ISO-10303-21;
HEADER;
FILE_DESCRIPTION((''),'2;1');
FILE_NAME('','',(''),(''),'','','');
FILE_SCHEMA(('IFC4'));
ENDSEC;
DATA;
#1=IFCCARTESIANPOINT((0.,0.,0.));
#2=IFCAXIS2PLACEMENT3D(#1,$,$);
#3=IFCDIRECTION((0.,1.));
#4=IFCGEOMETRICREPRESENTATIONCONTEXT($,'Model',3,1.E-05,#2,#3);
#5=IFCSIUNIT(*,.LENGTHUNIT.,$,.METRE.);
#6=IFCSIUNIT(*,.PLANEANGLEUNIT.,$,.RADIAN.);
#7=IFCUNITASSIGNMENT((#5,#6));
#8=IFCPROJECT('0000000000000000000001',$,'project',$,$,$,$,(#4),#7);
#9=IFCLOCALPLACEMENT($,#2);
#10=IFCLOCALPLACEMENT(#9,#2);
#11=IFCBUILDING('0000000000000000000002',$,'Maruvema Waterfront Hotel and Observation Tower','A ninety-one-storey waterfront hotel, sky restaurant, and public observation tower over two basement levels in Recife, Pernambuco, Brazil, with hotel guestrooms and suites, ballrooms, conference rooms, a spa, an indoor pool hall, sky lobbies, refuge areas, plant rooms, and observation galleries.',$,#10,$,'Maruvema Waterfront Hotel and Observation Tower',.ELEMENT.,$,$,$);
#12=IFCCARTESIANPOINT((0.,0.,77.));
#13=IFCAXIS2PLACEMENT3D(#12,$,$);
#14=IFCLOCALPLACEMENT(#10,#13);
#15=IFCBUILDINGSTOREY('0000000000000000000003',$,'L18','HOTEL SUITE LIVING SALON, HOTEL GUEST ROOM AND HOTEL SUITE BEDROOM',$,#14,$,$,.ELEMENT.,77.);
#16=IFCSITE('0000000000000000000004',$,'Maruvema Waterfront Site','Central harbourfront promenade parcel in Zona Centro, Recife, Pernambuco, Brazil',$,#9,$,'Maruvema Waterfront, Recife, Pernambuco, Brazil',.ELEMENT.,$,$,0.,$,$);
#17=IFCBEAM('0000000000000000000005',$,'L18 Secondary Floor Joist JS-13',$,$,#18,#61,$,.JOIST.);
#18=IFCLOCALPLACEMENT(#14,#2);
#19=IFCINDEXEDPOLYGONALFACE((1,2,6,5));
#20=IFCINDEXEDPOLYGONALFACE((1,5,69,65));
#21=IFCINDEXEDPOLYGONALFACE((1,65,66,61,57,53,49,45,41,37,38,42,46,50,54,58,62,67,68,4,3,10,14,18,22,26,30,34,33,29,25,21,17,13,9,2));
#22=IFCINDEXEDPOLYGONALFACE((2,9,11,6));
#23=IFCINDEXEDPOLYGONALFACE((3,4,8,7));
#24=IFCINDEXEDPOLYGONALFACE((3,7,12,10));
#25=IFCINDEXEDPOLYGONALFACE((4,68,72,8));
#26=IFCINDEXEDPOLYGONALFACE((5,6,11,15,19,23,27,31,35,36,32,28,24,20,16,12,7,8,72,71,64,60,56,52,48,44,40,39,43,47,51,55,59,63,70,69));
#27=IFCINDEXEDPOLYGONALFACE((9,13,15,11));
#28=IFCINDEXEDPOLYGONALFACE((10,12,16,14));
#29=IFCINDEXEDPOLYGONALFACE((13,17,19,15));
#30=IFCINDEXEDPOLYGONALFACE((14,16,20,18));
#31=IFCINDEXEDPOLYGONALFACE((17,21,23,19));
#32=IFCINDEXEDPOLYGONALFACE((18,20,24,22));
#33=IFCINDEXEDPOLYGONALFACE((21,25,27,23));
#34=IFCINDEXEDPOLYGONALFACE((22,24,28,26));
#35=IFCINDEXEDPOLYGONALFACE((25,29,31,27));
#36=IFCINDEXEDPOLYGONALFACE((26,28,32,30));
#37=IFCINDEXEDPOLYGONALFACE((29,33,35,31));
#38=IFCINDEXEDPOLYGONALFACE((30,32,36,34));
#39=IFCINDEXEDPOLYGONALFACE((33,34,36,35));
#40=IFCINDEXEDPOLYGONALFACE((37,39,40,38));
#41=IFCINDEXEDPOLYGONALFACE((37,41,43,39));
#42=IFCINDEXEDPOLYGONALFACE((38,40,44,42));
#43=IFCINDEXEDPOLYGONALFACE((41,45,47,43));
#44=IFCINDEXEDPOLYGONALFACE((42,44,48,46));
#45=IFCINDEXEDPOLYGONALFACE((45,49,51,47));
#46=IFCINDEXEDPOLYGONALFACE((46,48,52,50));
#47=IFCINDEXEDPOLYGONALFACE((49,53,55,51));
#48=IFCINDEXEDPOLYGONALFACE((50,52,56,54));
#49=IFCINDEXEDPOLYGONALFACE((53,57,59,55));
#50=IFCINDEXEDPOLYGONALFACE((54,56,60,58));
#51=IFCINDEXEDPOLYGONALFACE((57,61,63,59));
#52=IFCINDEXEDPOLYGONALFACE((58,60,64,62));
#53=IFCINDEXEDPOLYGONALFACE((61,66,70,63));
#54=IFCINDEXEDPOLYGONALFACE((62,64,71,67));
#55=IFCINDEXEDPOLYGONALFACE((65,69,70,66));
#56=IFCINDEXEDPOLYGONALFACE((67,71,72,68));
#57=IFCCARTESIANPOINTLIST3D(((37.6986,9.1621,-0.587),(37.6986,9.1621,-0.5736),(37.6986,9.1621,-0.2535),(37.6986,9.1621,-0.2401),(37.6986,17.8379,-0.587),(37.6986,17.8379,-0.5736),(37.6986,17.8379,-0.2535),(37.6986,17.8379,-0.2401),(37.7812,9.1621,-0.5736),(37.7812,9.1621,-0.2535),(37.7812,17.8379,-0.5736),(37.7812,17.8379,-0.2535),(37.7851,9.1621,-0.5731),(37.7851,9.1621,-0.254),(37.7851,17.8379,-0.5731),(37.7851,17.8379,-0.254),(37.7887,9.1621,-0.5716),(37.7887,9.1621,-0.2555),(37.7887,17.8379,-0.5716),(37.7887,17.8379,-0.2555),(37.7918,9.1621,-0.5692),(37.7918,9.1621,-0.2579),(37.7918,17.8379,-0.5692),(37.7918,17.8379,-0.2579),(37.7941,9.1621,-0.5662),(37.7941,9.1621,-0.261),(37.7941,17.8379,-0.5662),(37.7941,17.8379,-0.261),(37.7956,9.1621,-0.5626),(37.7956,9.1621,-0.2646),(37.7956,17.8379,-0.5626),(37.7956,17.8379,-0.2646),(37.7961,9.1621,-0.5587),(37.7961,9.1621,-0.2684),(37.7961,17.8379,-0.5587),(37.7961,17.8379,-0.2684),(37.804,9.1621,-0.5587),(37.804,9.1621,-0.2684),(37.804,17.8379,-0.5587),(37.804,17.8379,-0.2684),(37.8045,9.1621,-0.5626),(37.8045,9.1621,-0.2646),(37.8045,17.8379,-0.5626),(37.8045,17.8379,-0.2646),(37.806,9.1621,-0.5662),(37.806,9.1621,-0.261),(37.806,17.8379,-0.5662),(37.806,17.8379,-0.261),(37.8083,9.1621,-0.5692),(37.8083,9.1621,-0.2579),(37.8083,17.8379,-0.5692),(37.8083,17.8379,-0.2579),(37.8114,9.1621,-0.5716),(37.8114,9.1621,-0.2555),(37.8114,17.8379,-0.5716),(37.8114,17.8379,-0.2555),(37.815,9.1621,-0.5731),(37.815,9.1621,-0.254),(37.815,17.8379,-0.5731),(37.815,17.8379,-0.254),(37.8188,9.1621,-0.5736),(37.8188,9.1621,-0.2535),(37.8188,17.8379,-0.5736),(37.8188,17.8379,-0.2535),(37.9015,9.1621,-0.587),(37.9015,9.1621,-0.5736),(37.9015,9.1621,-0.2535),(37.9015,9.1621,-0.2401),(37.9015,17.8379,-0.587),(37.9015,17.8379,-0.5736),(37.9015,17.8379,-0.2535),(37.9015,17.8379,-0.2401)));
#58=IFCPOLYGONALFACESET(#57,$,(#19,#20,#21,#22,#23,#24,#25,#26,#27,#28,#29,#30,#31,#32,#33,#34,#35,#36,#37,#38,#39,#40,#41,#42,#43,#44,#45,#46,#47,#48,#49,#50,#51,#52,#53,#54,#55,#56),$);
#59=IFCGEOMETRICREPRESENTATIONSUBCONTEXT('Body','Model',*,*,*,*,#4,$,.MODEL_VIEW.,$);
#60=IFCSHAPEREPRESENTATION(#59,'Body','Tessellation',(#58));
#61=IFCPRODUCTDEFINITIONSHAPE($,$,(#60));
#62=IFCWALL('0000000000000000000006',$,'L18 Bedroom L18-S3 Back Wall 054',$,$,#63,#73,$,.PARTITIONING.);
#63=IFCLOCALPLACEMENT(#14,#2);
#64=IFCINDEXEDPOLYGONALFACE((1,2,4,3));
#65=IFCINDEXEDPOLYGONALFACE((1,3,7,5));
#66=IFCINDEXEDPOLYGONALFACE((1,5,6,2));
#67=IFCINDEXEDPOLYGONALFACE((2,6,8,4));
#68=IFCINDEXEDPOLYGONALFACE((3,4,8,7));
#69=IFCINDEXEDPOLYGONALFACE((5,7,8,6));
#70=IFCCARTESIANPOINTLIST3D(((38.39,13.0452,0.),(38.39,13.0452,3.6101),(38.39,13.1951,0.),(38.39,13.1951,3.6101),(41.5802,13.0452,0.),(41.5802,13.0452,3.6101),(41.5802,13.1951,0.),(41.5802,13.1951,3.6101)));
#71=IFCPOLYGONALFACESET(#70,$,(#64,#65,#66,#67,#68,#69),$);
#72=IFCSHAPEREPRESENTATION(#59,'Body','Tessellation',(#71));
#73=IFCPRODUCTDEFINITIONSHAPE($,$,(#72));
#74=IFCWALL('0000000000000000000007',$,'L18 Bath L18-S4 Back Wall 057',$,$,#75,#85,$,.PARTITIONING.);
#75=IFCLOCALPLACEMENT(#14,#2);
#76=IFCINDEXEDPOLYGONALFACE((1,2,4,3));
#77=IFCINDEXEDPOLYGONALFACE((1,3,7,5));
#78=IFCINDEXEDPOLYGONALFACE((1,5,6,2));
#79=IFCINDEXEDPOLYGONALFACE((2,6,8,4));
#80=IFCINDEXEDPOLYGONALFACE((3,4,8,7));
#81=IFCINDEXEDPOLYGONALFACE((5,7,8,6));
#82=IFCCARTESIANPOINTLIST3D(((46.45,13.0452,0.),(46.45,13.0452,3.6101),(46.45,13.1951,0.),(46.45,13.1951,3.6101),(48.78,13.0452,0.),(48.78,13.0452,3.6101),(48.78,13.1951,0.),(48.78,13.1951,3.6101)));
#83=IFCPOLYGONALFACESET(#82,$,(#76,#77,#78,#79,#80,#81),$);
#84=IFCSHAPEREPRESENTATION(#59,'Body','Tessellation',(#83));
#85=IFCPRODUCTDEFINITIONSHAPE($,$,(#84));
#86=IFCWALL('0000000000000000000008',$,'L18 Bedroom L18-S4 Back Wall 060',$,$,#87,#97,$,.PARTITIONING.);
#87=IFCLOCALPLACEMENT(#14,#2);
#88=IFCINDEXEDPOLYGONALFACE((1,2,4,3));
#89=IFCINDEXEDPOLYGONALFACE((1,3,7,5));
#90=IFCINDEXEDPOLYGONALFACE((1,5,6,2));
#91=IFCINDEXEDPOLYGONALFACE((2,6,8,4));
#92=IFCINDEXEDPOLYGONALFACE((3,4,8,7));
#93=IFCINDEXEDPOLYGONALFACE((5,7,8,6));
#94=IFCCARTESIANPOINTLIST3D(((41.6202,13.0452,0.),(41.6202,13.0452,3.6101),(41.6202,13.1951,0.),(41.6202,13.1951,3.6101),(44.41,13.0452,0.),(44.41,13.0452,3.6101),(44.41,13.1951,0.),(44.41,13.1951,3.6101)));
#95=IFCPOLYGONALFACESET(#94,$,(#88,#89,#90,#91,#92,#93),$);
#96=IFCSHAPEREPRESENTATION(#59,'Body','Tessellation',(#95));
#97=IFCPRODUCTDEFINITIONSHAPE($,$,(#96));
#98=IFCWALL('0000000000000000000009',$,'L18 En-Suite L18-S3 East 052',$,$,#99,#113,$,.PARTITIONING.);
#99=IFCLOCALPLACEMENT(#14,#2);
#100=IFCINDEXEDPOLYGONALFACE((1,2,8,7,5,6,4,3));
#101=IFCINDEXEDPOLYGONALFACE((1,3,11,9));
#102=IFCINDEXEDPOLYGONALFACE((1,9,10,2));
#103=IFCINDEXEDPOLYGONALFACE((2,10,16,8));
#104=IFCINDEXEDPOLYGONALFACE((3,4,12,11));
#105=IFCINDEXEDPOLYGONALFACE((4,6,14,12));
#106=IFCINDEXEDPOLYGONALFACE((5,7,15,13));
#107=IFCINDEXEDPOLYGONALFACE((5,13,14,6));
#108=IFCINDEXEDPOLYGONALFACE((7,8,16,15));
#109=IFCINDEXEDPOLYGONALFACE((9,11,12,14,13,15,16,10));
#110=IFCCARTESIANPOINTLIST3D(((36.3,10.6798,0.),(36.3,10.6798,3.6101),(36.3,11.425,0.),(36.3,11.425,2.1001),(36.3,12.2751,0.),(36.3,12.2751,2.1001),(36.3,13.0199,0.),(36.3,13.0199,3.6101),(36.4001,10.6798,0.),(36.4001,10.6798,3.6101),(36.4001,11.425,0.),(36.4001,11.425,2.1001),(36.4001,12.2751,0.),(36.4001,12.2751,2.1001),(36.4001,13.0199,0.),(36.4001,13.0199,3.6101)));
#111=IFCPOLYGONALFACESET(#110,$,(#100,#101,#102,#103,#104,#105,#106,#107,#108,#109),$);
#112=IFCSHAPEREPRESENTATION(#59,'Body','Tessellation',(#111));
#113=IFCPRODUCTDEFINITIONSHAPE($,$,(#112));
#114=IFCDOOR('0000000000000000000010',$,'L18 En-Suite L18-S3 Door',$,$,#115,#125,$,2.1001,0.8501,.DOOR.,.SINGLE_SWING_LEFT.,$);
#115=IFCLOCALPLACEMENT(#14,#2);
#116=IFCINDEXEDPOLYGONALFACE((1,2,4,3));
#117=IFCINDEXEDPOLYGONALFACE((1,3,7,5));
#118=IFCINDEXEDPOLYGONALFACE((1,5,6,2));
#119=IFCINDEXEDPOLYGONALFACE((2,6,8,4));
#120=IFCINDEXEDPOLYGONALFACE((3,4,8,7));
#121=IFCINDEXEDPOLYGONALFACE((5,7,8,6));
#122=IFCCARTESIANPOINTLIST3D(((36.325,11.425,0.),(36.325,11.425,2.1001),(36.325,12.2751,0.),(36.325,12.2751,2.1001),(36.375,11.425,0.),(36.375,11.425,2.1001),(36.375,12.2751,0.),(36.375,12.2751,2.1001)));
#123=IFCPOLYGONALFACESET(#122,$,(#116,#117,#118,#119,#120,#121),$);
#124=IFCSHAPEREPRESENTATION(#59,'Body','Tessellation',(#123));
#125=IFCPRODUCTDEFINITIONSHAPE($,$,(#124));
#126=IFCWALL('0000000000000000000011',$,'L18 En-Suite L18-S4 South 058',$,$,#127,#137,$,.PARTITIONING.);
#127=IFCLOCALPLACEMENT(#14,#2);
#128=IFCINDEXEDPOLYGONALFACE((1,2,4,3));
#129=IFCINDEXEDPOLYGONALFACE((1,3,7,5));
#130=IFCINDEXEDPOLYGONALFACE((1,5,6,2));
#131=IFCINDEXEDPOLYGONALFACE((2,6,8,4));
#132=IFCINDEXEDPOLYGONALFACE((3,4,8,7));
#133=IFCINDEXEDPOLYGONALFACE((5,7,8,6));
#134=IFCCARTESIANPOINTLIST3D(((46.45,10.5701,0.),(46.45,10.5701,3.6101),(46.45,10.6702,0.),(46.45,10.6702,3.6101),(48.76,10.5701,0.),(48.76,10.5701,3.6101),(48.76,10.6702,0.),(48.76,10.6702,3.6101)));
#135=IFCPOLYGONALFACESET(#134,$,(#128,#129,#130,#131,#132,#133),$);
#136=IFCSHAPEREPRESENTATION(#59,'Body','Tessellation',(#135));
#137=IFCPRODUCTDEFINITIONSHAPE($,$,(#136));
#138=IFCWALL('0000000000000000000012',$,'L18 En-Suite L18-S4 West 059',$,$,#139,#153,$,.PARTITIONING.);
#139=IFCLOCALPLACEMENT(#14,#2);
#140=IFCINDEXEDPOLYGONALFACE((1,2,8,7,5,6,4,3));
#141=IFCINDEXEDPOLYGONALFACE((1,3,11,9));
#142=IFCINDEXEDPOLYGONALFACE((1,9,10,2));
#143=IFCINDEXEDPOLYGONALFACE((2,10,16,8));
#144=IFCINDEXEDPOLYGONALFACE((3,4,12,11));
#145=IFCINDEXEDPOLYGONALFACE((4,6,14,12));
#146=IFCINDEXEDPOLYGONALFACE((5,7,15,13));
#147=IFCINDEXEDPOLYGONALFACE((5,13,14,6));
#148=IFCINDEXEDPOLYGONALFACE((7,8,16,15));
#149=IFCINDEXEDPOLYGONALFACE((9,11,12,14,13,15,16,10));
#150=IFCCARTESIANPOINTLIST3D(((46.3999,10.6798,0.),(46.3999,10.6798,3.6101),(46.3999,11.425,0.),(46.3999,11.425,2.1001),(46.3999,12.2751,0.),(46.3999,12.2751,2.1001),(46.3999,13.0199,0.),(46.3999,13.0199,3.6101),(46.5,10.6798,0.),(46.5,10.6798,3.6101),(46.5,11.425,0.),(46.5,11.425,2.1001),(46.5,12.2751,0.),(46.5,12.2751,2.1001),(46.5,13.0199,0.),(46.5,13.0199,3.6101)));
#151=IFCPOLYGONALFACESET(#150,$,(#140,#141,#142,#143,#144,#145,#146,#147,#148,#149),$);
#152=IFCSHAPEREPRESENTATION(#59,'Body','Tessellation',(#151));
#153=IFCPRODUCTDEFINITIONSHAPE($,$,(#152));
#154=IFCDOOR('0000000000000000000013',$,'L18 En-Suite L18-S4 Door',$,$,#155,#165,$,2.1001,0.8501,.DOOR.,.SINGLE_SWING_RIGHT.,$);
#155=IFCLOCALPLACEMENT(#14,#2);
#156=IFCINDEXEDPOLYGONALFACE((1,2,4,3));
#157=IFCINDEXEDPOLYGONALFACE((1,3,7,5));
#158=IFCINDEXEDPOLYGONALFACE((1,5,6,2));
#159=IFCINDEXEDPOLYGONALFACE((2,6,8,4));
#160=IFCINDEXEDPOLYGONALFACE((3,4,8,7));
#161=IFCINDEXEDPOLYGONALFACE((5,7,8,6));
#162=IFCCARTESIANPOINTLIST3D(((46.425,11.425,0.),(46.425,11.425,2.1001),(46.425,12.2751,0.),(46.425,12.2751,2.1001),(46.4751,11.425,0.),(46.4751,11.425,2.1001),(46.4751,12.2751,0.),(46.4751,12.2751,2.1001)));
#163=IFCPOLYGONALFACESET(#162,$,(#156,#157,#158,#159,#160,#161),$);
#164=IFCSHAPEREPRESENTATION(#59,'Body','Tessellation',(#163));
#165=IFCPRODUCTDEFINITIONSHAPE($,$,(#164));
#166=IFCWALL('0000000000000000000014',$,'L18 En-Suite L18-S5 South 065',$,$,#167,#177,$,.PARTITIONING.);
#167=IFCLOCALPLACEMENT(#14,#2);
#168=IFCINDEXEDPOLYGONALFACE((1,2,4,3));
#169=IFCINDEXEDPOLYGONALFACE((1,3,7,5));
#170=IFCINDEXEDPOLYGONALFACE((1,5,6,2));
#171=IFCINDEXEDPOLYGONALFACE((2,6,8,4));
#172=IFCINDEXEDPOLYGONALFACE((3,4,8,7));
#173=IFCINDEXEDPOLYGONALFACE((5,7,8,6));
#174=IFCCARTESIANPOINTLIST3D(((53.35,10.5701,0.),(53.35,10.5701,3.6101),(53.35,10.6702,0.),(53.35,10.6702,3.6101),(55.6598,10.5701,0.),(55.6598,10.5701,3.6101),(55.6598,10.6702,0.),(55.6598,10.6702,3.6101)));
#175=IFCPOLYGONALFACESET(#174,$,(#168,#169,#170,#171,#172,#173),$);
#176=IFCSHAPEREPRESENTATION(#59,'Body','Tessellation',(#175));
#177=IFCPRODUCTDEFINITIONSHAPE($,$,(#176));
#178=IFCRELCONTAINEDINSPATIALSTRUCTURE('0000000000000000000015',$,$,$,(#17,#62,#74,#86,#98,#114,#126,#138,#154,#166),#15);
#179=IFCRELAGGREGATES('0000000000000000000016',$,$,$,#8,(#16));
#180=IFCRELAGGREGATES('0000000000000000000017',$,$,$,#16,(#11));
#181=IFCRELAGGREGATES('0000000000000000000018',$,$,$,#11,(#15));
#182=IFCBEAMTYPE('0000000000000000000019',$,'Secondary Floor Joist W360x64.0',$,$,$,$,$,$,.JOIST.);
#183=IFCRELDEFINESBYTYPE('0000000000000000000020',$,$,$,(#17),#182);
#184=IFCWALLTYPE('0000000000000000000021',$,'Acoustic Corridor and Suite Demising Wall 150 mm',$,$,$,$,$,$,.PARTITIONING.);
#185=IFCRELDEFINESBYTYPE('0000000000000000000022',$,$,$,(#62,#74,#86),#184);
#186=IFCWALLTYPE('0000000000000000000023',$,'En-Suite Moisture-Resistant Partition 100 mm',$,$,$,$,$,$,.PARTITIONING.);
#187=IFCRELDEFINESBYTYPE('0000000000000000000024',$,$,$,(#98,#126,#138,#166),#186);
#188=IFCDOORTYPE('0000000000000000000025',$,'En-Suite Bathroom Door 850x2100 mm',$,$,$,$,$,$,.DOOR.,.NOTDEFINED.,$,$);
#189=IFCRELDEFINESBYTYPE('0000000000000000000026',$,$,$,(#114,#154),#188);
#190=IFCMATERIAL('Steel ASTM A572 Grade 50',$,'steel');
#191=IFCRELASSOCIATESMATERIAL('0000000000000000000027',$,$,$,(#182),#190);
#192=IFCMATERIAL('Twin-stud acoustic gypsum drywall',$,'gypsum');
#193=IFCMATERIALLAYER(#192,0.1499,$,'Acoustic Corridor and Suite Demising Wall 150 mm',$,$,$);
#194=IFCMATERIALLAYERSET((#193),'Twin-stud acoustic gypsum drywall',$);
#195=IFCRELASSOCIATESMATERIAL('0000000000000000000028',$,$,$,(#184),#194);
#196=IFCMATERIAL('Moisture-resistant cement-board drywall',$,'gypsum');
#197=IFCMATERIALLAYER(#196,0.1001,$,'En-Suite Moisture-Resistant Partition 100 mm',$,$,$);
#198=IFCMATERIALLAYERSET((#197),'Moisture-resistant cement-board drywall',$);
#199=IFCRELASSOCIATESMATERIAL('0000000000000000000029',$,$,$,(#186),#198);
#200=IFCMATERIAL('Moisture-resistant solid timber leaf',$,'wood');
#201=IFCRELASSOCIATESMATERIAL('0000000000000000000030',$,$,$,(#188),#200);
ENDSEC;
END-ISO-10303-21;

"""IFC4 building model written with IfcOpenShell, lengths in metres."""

from ifc_helpers import new_model, si_unit, direction, frame, frame_2d, origin, origin_2d, place, context, subcontext, project, spatial, rectangle, i_section, extrude, material, layer, layer_set, material_profile, profile_set, type_object, element, fill, save


model = new_model("IFC4")

# Units and contexts
model_context = context("Model", 3, precision=1e-05, world=origin(), true_north=direction((0.0, 1.0)))
body_context = subcontext(model_context, "Body", "Model", "MODEL_VIEW")
ifc_project = project(units=[si_unit("LENGTHUNIT", "METRE"), si_unit("PLANEANGLEUNIT", "RADIAN")], contexts=[model_context])

# Site, building, storey
site_placement = place(None, origin())
site = spatial("IfcSite", under=ifc_project, at=site_placement, Name="Maruvema Waterfront Site", Description="Central harbourfront promenade parcel in Zona Centro, Recife, Pernambuco, Brazil", LongName="Maruvema Waterfront, Recife, Pernambuco, Brazil", CompositionType="ELEMENT", RefElevation=0.0)
building_placement = place(site_placement, origin())
building = spatial("IfcBuilding", under=site, at=building_placement, Name="Maruvema Waterfront Hotel and Observation Tower", Description="A ninety-one-storey waterfront hotel, sky restaurant, and public observation tower over two basement levels in Recife, Pernambuco, Brazil, with hotel guestrooms and suites, ballrooms, conference rooms, a spa, an indoor pool hall, sky lobbies, refuge areas, plant rooms, and observation galleries.", LongName="Maruvema Waterfront Hotel and Observation Tower", CompositionType="ELEMENT")
storey_placement = place(building_placement, frame((0.0, 0.0, 77.0)))
storey = spatial("IfcBuildingStorey", under=building, at=storey_placement, Name="L18", Description="HOTEL SUITE LIVING SALON, HOTEL GUEST ROOM AND HOTEL SUITE BEDROOM", CompositionType="ELEMENT", Elevation=77.0)

# Beam
ifc_material_1 = material(Name="Steel ASTM A572 Grade 50", Category="steel")
ifc_material_profile_1 = material_profile(ifc_material_1, i_section(OverallWidth=0.2029, OverallDepth=0.3469, WebThickness=0.0078, FlangeThickness=0.0134, FilletRadius=0.0149, at=origin_2d()), Name="W360x64.0")
ifc_profile_set_1 = profile_set([ifc_material_profile_1], Name="Steel ASTM A572 Grade 50")
beam_type_1 = type_object("IfcBeamType", Name="Secondary Floor Joist W360x64.0", PredefinedType="JOIST", material=ifc_profile_set_1)
beam_1_placement = place(storey_placement, frame((37.8, 9.1621, -0.4136), z_axis=(0.0, 1.0, 0.0), x_axis=(-1.0, 0.0, 0.0)))
element("IfcBeam", 1, at=beam_1_placement, inside=storey, type_object=beam_type_1, Name="L18 Secondary Floor Joist JS-13", PredefinedType="JOIST", context=body_context, shape_type="SweptSolid", body=[
    extrude(i_section(OverallWidth=0.2029, OverallDepth=0.3469, WebThickness=0.0078, FlangeThickness=0.0134, FilletRadius=0.0149, at=origin_2d()), origin(), (0.0, 0.0, 1.0), 8.6758),
])

# Shared definitions
ifc_material_2 = material(Name="Twin-stud acoustic gypsum drywall", Category="gypsum")
ifc_layer_1 = layer(ifc_material_2, 0.1499, Name="Acoustic Corridor and Suite Demising Wall 150 mm")
ifc_layer_set_1 = layer_set([ifc_layer_1], Name="Twin-stud acoustic gypsum drywall")
wall_type_1 = type_object("IfcWallType", Name="Acoustic Corridor and Suite Demising Wall 150 mm", PredefinedType="PARTITIONING", material=ifc_layer_set_1)

# Walls
wall_1_placement = place(storey_placement, frame((38.3899, 13.1201, 0.0), z_axis=(0.0, 0.0, 1.0), x_axis=(1.0, 0.0, 0.0)))
element("IfcWall", 2, at=wall_1_placement, inside=storey, type_object=wall_type_1, Name="L18 Bedroom L18-S3 Back Wall 054", PredefinedType="PARTITIONING", context=body_context, shape_type="SweptSolid", body=[
    extrude(rectangle(XDim=3.1902, YDim=0.1499, at=frame_2d((1.5952, 0.0))), origin(), (0.0, 0.0, 1.0), 3.6101),
])
wall_2_placement = place(storey_placement, frame((46.45, 13.1201, 0.0), z_axis=(0.0, 0.0, 1.0), x_axis=(1.0, 0.0, 0.0)))
element("IfcWall", 3, at=wall_2_placement, inside=storey, type_object=wall_type_1, Name="L18 Bath L18-S4 Back Wall 057", PredefinedType="PARTITIONING", context=body_context, shape_type="SweptSolid", body=[
    extrude(rectangle(XDim=2.3301, YDim=0.1499, at=frame_2d((1.165, 0.0))), origin(), (0.0, 0.0, 1.0), 3.6101),
])
wall_3_placement = place(storey_placement, frame((41.6201, 13.1201, 0.0), z_axis=(0.0, 0.0, 1.0), x_axis=(1.0, 0.0, 0.0)))
element("IfcWall", 4, at=wall_3_placement, inside=storey, type_object=wall_type_1, Name="L18 Bedroom L18-S4 Back Wall 060", PredefinedType="PARTITIONING", context=body_context, shape_type="SweptSolid", body=[
    extrude(rectangle(XDim=2.7898, YDim=0.1499, at=frame_2d((1.395, 0.0))), origin(), (0.0, 0.0, 1.0), 3.6101),
])

# Wall, opening, door
ifc_material_3 = material(Name="Moisture-resistant cement-board drywall", Category="gypsum")
ifc_layer_2 = layer(ifc_material_3, 0.1001, Name="En-Suite Moisture-Resistant Partition 100 mm")
ifc_layer_set_2 = layer_set([ifc_layer_2], Name="Moisture-resistant cement-board drywall")
wall_type_2 = type_object("IfcWallType", Name="En-Suite Moisture-Resistant Partition 100 mm", PredefinedType="PARTITIONING", material=ifc_layer_set_2)
wall_4_placement = place(storey_placement, frame((36.3501, 10.6799, 0.0), z_axis=(0.0, 0.0, 1.0), x_axis=(0.0, 1.0, 0.0)))
wall_4 = element("IfcWall", 5, at=wall_4_placement, inside=storey, type_object=wall_type_2, Name="L18 En-Suite L18-S3 East 052", PredefinedType="PARTITIONING", context=body_context, shape_type="SweptSolid", body=[
    extrude(rectangle(XDim=2.3401, YDim=0.1001, at=frame_2d((1.1699, 0.0))), origin(), (0.0, 0.0, 1.0), 3.6101),
])
opening_1_placement = place(wall_4_placement, frame((0.7451, 0.0, 0.0)))
opening_1 = element("IfcOpeningElement", 6, at=opening_1_placement, cuts=wall_4, PredefinedType="OPENING", context=body_context, shape_type="SweptSolid", body=[
    extrude(rectangle(XDim=0.8501, YDim=2.1001, at=frame_2d((0.425, 1.05))), frame((0.0, 0.0601, 0.0), z_axis=(0.0, -1.0, 0.0), x_axis=(1.0, 0.0, 0.0)), (0.0, 0.0, 1.0), 0.1201),
])
ifc_material_4 = material(Name="Moisture-resistant solid timber leaf", Category="wood")
door_type_1 = type_object("IfcDoorType", Name="En-Suite Bathroom Door 850x2100 mm", OperationType="NOTDEFINED", PredefinedType="DOOR", material=ifc_material_4)
door_1_placement = place(opening_1_placement, frame((0.8501, 0.0, 0.0), z_axis=(0.0, 0.0, 1.0), x_axis=(-1.0, 0.0, 0.0)))
door_1 = element("IfcDoor", 7, at=door_1_placement, inside=storey, type_object=door_type_1, Name="L18 En-Suite L18-S3 Door", OperationType="SINGLE_SWING_LEFT", OverallHeight=2.1001, OverallWidth=0.8501, PredefinedType="DOOR", context=body_context, shape_type="SweptSolid", body=[
    extrude(rectangle(XDim=0.8501, YDim=2.1001, at=frame_2d((0.425, 1.05))), frame((0.0, 0.0249, 0.0), z_axis=(0.0, -1.0, 0.0), x_axis=(1.0, 0.0, 0.0)), (0.0, 0.0, 1.0), 0.05),
])
fill(opening_1, door_1)

# Wall
wall_5_placement = place(storey_placement, frame((46.45, 10.6201, 0.0), z_axis=(0.0, 0.0, 1.0), x_axis=(1.0, 0.0, 0.0)))
element("IfcWall", 8, at=wall_5_placement, inside=storey, type_object=wall_type_2, Name="L18 En-Suite L18-S4 South 058", PredefinedType="PARTITIONING", context=body_context, shape_type="SweptSolid", body=[
    extrude(rectangle(XDim=2.3101, YDim=0.1001, at=frame_2d((1.155, 0.0))), origin(), (0.0, 0.0, 1.0), 3.6101),
])

# Wall, opening, door
wall_6_placement = place(storey_placement, frame((46.45, 10.6799, 0.0), z_axis=(0.0, 0.0, 1.0), x_axis=(0.0, 1.0, 0.0)))
wall_6 = element("IfcWall", 9, at=wall_6_placement, inside=storey, type_object=wall_type_2, Name="L18 En-Suite L18-S4 West 059", PredefinedType="PARTITIONING", context=body_context, shape_type="SweptSolid", body=[
    extrude(rectangle(XDim=2.3401, YDim=0.1001, at=frame_2d((1.1699, 0.0))), origin(), (0.0, 0.0, 1.0), 3.6101),
])
opening_2_placement = place(wall_6_placement, frame((0.7451, 0.0, 0.0)))
opening_2 = element("IfcOpeningElement", 10, at=opening_2_placement, cuts=wall_6, PredefinedType="OPENING", context=body_context, shape_type="SweptSolid", body=[
    extrude(rectangle(XDim=0.8501, YDim=2.1001, at=frame_2d((0.425, 1.05))), frame((0.0, 0.0601, 0.0), z_axis=(0.0, -1.0, 0.0), x_axis=(1.0, 0.0, 0.0)), (0.0, 0.0, 1.0), 0.1201),
])
door_2_placement = place(opening_2_placement, origin())
door_2 = element("IfcDoor", 11, at=door_2_placement, inside=storey, type_object=door_type_1, Name="L18 En-Suite L18-S4 Door", OperationType="SINGLE_SWING_RIGHT", OverallHeight=2.1001, OverallWidth=0.8501, PredefinedType="DOOR", context=body_context, shape_type="SweptSolid", body=[
    extrude(rectangle(XDim=0.8501, YDim=2.1001, at=frame_2d((0.425, 1.05))), frame((0.0, 0.0249, 0.0), z_axis=(0.0, -1.0, 0.0), x_axis=(1.0, 0.0, 0.0)), (0.0, 0.0, 1.0), 0.05),
])
fill(opening_2, door_2)

# Wall
wall_7_placement = place(storey_placement, frame((53.3501, 10.6201, 0.0), z_axis=(0.0, 0.0, 1.0), x_axis=(1.0, 0.0, 0.0)))
element("IfcWall", 12, at=wall_7_placement, inside=storey, type_object=wall_type_2, Name="L18 En-Suite L18-S5 South 065", PredefinedType="PARTITIONING", context=body_context, shape_type="SweptSolid", body=[
    extrude(rectangle(XDim=2.3098, YDim=0.1001, at=frame_2d((1.1548, 0.0))), origin(), (0.0, 0.0, 1.0), 3.6101),
])

save(model, "model.ifc")
